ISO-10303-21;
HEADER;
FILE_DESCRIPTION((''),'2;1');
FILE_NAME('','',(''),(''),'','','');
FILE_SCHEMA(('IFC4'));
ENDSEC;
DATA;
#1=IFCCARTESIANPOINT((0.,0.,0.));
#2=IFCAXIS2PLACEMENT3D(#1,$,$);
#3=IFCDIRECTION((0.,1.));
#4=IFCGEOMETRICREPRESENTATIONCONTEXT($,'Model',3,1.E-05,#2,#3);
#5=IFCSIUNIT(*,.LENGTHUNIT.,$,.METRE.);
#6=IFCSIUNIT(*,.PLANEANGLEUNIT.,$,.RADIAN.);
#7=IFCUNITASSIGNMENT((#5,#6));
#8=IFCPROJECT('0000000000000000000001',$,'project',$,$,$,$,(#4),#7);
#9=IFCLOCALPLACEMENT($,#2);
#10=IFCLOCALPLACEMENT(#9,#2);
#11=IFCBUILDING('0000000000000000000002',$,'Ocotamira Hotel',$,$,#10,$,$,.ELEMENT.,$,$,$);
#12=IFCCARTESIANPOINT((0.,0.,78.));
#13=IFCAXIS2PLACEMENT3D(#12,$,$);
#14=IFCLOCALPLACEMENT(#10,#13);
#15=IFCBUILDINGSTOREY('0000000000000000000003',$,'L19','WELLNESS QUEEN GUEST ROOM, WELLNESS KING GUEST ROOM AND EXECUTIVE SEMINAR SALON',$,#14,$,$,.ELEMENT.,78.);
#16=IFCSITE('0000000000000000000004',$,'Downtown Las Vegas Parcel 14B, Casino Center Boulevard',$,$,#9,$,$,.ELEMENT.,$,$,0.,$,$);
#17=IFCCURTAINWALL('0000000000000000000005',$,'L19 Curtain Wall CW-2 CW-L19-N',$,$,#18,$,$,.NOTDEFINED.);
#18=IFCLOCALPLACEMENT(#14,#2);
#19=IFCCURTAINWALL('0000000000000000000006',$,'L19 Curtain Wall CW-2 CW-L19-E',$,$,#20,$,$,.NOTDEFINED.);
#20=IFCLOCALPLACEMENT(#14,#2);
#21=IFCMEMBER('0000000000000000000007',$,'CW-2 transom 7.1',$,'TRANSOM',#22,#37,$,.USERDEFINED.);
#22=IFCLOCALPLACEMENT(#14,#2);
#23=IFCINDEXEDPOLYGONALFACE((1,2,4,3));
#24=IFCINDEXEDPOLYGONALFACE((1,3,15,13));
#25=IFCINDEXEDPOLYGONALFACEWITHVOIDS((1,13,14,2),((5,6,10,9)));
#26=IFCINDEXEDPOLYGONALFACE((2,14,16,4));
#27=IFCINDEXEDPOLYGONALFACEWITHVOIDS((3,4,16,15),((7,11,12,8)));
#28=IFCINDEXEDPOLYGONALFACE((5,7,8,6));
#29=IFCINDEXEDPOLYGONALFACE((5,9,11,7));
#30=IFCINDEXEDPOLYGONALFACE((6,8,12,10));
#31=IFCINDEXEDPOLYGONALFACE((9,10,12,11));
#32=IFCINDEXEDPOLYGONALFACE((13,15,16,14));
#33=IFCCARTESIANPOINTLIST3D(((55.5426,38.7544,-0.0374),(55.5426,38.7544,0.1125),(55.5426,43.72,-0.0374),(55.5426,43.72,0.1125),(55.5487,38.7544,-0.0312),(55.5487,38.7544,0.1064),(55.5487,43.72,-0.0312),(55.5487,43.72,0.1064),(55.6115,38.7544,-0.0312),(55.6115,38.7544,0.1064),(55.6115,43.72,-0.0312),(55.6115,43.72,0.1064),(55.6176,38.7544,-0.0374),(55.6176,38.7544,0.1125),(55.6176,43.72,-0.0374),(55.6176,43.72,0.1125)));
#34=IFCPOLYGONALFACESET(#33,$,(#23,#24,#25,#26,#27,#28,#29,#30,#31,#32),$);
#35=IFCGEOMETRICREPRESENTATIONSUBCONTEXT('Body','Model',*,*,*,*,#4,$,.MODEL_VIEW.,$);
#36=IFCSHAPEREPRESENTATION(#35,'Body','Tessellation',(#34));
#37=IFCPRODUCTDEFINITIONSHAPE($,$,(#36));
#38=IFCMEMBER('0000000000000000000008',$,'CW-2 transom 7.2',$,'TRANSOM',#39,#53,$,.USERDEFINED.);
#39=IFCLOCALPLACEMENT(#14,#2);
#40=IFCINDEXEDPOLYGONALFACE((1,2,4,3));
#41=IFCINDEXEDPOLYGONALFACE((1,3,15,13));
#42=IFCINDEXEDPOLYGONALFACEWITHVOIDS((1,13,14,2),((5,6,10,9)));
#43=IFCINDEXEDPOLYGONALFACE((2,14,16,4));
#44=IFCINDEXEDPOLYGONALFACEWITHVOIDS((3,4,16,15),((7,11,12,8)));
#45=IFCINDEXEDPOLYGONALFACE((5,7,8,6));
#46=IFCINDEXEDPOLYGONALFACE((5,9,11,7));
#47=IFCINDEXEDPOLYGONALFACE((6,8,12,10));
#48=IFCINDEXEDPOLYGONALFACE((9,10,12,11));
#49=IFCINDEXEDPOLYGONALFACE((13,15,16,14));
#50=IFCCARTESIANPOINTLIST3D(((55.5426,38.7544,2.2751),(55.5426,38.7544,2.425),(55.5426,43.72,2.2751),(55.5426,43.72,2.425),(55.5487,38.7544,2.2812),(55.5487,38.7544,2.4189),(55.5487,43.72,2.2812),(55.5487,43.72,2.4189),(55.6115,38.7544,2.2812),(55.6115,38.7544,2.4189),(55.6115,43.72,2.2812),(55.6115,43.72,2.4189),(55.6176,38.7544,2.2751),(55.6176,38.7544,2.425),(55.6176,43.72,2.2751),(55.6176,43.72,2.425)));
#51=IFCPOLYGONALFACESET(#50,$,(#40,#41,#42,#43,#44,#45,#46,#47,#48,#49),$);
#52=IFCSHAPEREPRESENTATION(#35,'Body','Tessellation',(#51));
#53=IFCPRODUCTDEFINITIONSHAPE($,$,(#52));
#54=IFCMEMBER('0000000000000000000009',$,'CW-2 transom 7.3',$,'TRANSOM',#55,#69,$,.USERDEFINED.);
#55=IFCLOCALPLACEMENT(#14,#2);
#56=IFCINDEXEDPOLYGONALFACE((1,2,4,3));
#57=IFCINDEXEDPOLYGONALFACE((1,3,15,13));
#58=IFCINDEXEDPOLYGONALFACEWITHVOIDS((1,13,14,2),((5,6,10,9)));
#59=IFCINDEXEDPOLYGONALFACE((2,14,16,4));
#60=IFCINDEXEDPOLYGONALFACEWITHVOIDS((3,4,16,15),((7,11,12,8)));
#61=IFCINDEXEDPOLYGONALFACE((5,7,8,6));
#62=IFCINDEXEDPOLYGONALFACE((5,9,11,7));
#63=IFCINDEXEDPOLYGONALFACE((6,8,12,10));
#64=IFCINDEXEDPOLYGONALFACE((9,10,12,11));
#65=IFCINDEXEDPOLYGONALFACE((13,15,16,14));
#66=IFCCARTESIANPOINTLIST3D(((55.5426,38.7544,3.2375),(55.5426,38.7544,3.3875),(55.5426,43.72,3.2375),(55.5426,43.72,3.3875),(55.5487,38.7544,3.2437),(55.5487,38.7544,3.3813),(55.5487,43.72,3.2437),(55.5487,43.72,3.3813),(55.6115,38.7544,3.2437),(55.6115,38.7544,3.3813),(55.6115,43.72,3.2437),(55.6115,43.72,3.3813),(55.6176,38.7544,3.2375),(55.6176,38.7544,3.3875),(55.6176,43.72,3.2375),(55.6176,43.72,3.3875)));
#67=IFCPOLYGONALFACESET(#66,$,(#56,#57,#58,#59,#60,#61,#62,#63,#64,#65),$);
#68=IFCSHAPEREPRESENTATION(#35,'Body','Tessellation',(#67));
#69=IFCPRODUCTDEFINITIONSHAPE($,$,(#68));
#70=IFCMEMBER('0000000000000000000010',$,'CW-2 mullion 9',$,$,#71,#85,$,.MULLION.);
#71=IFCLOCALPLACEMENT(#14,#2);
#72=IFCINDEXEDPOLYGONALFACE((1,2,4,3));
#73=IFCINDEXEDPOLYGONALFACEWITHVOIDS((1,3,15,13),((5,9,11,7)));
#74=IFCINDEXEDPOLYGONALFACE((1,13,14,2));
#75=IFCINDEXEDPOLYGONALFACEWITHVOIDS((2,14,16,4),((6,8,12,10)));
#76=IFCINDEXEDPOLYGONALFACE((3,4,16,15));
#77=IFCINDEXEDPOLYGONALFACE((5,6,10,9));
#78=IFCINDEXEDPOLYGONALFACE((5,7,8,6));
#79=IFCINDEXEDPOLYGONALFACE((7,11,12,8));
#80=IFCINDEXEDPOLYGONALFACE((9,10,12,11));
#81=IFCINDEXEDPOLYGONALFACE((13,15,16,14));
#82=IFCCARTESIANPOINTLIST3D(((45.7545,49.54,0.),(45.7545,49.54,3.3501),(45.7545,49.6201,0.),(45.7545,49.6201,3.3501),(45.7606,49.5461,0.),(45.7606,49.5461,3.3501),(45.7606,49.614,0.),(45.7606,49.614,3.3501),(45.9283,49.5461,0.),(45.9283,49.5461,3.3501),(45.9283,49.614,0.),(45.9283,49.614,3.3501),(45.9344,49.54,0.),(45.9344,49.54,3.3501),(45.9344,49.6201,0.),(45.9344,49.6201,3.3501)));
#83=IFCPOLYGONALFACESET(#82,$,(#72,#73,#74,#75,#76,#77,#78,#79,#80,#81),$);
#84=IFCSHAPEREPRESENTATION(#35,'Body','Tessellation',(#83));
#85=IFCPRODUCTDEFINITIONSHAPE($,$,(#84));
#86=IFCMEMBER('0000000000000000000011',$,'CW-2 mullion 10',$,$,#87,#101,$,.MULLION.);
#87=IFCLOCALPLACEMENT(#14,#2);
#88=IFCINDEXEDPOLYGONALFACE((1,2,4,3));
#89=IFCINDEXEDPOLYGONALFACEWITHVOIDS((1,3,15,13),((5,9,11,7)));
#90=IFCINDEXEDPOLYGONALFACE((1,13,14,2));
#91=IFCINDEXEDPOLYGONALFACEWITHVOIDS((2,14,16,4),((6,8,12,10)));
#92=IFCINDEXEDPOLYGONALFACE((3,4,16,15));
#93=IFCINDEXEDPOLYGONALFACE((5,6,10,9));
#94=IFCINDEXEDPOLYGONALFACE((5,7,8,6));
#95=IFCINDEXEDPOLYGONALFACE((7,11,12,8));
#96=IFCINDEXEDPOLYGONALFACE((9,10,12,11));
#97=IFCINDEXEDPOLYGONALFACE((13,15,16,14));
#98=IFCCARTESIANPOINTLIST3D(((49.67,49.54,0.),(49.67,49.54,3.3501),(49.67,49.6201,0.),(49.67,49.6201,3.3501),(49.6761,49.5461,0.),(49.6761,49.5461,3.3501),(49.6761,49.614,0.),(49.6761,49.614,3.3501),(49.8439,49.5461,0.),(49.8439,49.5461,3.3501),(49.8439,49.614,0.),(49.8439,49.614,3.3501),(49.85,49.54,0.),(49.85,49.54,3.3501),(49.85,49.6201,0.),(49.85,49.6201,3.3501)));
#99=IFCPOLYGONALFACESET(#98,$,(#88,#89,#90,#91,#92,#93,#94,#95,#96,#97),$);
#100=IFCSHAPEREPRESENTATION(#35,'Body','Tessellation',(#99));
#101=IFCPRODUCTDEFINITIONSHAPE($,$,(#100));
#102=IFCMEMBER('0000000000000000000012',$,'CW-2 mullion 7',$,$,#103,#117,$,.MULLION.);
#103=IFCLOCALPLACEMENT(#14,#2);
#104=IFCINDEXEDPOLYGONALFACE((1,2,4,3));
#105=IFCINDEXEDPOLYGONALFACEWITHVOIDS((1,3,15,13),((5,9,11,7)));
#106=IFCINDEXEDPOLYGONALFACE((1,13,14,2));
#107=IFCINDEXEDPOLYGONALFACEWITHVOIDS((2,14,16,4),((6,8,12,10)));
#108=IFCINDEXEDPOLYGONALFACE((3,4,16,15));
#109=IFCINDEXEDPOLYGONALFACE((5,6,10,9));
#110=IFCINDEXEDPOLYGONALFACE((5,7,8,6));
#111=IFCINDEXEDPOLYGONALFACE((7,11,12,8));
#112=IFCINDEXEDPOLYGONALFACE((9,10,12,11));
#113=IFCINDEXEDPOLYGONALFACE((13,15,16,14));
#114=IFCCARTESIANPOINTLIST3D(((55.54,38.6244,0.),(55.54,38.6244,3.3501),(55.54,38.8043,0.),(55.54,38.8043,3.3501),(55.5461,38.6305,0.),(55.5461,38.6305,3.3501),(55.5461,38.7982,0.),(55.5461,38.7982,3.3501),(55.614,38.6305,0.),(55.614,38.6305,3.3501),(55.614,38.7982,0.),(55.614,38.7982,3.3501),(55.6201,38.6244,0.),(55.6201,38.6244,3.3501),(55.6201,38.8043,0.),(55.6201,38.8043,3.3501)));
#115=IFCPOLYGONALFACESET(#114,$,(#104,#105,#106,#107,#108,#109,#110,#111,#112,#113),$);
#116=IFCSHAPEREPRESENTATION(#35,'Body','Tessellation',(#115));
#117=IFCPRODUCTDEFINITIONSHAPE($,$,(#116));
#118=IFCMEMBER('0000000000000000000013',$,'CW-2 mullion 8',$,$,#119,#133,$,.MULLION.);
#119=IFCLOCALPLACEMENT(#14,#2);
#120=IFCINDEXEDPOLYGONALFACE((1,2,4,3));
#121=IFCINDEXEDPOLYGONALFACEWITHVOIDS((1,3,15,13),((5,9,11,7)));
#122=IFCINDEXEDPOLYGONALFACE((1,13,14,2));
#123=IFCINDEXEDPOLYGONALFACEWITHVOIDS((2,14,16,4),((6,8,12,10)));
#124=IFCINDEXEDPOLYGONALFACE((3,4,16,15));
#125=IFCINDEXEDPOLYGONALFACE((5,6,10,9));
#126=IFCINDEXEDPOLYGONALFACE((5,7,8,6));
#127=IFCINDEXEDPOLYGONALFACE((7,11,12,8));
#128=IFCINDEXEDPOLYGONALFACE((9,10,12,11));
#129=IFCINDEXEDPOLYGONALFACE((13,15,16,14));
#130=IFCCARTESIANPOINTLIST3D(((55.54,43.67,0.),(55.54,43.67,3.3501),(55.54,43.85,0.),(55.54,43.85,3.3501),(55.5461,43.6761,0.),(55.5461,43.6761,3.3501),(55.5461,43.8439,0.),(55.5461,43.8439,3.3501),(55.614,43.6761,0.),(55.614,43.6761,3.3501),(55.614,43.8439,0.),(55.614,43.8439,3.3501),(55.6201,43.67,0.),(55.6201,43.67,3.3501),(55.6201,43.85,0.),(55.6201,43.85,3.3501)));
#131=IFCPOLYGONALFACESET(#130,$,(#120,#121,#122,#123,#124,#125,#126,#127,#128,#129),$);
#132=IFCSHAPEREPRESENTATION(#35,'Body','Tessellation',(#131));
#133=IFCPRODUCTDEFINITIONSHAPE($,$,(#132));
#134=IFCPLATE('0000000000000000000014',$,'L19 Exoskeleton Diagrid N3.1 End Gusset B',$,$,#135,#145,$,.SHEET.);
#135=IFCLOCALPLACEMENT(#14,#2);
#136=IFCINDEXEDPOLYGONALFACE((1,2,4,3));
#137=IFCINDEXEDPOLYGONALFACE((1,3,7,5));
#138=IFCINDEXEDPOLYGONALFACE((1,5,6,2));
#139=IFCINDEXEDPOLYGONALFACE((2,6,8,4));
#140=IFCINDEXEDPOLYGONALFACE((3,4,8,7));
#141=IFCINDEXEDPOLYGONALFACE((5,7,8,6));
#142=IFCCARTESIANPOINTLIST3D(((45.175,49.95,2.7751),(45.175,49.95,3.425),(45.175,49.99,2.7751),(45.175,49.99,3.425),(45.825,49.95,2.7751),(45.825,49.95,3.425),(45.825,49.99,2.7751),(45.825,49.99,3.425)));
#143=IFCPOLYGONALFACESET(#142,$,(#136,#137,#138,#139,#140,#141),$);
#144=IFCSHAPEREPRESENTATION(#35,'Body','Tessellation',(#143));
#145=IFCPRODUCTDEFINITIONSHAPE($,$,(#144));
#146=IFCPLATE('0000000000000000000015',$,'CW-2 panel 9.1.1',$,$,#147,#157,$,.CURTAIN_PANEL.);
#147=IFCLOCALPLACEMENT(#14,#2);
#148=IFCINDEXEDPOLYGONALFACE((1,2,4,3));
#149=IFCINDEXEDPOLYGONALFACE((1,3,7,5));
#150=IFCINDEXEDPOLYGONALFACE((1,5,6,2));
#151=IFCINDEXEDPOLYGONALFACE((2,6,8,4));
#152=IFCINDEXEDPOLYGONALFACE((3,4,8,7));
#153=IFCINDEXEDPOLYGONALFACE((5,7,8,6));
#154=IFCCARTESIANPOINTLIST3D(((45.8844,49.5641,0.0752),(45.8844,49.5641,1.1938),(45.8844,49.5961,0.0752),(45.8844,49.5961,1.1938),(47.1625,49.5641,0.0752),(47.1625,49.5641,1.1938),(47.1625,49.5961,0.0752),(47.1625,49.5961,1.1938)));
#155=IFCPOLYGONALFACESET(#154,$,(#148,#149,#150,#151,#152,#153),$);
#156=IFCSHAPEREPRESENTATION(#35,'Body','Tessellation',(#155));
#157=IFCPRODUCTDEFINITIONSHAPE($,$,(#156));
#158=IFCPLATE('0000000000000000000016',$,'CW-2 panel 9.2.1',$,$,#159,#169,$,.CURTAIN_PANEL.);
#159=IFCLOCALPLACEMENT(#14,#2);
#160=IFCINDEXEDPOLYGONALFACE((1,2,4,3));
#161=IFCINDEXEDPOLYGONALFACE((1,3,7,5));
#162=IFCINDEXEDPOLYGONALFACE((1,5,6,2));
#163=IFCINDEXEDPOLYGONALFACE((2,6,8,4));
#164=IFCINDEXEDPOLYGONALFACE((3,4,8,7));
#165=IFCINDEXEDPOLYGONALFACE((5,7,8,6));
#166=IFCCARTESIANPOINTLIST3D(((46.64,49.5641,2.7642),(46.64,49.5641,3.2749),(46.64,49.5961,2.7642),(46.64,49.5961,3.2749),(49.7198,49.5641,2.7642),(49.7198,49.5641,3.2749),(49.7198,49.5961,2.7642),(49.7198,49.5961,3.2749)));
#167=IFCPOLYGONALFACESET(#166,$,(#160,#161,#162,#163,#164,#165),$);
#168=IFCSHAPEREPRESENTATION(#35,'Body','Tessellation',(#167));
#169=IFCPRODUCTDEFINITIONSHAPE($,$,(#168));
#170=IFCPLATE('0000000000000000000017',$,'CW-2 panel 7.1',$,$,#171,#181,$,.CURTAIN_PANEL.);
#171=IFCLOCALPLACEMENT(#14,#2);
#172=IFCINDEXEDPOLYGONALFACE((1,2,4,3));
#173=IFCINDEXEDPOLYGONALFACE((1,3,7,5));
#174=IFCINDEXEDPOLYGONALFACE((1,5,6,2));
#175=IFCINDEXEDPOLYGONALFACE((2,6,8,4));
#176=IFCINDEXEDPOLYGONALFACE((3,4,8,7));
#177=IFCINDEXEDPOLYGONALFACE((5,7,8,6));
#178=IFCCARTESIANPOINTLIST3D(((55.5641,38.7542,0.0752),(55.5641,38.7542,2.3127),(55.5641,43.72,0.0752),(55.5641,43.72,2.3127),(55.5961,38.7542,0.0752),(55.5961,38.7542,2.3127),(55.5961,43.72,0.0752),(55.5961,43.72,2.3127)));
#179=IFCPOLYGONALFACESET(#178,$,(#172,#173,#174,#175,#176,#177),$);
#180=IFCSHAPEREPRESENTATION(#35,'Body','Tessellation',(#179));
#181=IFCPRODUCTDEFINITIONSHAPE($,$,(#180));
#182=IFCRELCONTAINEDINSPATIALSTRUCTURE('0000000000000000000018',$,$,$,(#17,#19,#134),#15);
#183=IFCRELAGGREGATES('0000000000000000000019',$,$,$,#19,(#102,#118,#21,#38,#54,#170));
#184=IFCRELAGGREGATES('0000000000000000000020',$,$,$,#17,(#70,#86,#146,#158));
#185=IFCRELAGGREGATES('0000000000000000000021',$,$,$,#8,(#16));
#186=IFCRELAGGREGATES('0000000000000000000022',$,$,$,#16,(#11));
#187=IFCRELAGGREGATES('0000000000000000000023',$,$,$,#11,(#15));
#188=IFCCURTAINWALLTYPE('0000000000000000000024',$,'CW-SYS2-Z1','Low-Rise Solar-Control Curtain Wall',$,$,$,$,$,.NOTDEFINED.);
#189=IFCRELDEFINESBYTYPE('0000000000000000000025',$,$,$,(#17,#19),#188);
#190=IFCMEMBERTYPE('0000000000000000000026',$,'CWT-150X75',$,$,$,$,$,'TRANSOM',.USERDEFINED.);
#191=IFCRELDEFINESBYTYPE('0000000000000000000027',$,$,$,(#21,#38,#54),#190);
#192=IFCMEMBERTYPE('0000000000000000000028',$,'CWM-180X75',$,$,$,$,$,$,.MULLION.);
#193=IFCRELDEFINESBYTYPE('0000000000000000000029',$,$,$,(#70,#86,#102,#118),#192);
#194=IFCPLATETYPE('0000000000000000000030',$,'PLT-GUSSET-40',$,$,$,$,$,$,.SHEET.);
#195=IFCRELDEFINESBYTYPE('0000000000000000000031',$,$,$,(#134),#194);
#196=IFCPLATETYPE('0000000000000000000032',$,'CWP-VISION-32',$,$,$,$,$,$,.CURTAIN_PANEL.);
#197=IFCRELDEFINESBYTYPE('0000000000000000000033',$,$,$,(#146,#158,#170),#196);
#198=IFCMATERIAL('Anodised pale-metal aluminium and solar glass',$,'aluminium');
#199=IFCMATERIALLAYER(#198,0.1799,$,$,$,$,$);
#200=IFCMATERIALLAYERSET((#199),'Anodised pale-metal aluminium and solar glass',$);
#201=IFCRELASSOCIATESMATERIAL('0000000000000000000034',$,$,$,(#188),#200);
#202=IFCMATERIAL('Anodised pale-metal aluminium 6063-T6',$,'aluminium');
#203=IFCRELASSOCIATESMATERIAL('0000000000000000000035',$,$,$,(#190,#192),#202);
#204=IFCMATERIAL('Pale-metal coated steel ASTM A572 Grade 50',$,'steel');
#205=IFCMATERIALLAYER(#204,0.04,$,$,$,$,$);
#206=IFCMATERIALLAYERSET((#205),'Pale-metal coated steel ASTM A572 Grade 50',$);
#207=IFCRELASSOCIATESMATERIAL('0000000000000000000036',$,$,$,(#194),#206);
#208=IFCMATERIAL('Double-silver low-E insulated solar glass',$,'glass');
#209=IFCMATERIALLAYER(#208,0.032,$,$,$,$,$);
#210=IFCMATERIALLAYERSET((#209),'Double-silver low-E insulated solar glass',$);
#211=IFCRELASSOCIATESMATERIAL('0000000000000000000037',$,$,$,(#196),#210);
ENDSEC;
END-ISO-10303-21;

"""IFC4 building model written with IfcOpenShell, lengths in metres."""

from ifc_helpers import new_model, si_unit, direction, frame, origin, origin_2d, place, context, subcontext, project, spatial, rectangle, hollow_rectangle, extrude, source, transform, mapped, material, layer, layer_set, material_profile, profile_set, type_object, element, aggregate, save


model = new_model("IFC4")

# Units and contexts
model_context = context("Model", 3, precision=1e-05, world=origin(), true_north=direction((0.0, 1.0)))
body_context = subcontext(model_context, "Body", "Model", "MODEL_VIEW")
ifc_project = project(units=[si_unit("LENGTHUNIT", "METRE"), si_unit("PLANEANGLEUNIT", "RADIAN")], contexts=[model_context])

# Site, building, storey
site_placement = place(None, origin())
site = spatial("IfcSite", under=ifc_project, at=site_placement, Name="Downtown Las Vegas Parcel 14B, Casino Center Boulevard", CompositionType="ELEMENT", RefElevation=0.0)
building_placement = place(site_placement, origin())
building = spatial("IfcBuilding", under=site, at=building_placement, Name="Ocotamira Hotel", CompositionType="ELEMENT")
storey_placement = place(building_placement, frame((0.0, 0.0, 78.0)))
storey = spatial("IfcBuildingStorey", under=building, at=storey_placement, Name="L19", Description="WELLNESS QUEEN GUEST ROOM, WELLNESS KING GUEST ROOM AND EXECUTIVE SEMINAR SALON", CompositionType="ELEMENT", Elevation=78.0)

# Curtain walls, members
ifc_material_1 = material(Name="Anodised pale-metal aluminium and solar glass", Category="aluminium")
ifc_layer_1 = layer(ifc_material_1, 0.1799)
ifc_layer_set_1 = layer_set([ifc_layer_1], Name="Anodised pale-metal aluminium and solar glass")
curtain_wall_type = type_object("IfcCurtainWallType", Name="CW-SYS2-Z1", Description="Low-Rise Solar-Control Curtain Wall", PredefinedType="NOTDEFINED", material=ifc_layer_set_1)
curtain_wall_1_placement = place(storey_placement, origin())
curtain_wall_1 = element("IfcCurtainWall", 1, at=curtain_wall_1_placement, inside=storey, type_object=curtain_wall_type, Name="L19 Curtain Wall CW-2 CW-L19-N", PredefinedType="NOTDEFINED")
ifc_material_2 = material(Name="Anodised pale-metal aluminium 6063-T6", Category="aluminium")
ifc_material_profile_1 = material_profile(ifc_material_2, hollow_rectangle(XDim=0.075, YDim=0.1499, WallThickness=0.0061, at=origin_2d()), Name="HSS150X75X6")
ifc_profile_set_1 = profile_set([ifc_material_profile_1], Name="Anodised pale-metal aluminium 6063-T6")
member_type_1 = type_object("IfcMemberType", Name="CWT-150X75", ElementType="TRANSOM", PredefinedType="USERDEFINED", material=ifc_profile_set_1)
curtain_wall_2_placement = place(storey_placement, origin())
curtain_wall_2 = element("IfcCurtainWall", 2, at=curtain_wall_2_placement, inside=storey, type_object=curtain_wall_type, Name="L19 Curtain Wall CW-2 CW-L19-E", PredefinedType="NOTDEFINED")
shared_shape_1 = source(origin(), body_context, "Body", "SweptSolid", [
    extrude(hollow_rectangle(XDim=0.075, YDim=0.1499, WallThickness=0.0061, at=origin_2d()), origin(), (0.0, 0.0, 1.0), 4.9656),
])
member_1_placement = place(storey_placement, frame((55.5801, 38.7544, 0.0376), z_axis=(0.0, 1.0, 0.0), x_axis=(-1.0, 0.0, 0.0)))
member_1 = element("IfcMember", 3, at=member_1_placement, type_object=member_type_1, Name="CW-2 transom 7.1", ObjectType="TRANSOM", PredefinedType="USERDEFINED", context=body_context, shape_type="MappedRepresentation", body=[
    mapped(shared_shape_1, transform((0.0, 0.0, 0.0), scale=1.0)),
])
member_2_placement = place(storey_placement, frame((55.5801, 38.7544, 2.3501), z_axis=(0.0, 1.0, 0.0), x_axis=(-1.0, 0.0, 0.0)))
member_2 = element("IfcMember", 4, at=member_2_placement, type_object=member_type_1, Name="CW-2 transom 7.2", ObjectType="TRANSOM", PredefinedType="USERDEFINED", context=body_context, shape_type="MappedRepresentation", body=[
    mapped(shared_shape_1, transform((0.0, 0.0, 0.0), scale=1.0)),
])
member_3_placement = place(storey_placement, frame((55.5801, 38.7544, 3.3125), z_axis=(0.0, 1.0, 0.0), x_axis=(-1.0, 0.0, 0.0)))
member_3 = element("IfcMember", 5, at=member_3_placement, type_object=member_type_1, Name="CW-2 transom 7.3", ObjectType="TRANSOM", PredefinedType="USERDEFINED", context=body_context, shape_type="MappedRepresentation", body=[
    mapped(shared_shape_1, transform((0.0, 0.0, 0.0), scale=1.0)),
])

# Members
ifc_material_profile_2 = material_profile(ifc_material_2, hollow_rectangle(XDim=0.0801, YDim=0.1799, WallThickness=0.0061, at=origin_2d()), Name="HSS180X80X6")
ifc_profile_set_2 = profile_set([ifc_material_profile_2], Name="Anodised pale-metal aluminium 6063-T6")
member_type_2 = type_object("IfcMemberType", Name="CWM-180X75", PredefinedType="MULLION", material=ifc_profile_set_2)
shared_shape_2 = source(origin(), body_context, "Body", "SweptSolid", [
    extrude(hollow_rectangle(XDim=0.0801, YDim=0.1799, WallThickness=0.0061, at=origin_2d()), origin(), (0.0, 0.0, 1.0), 3.3501),
])
member_4_placement = place(storey_placement, frame((45.8445, 49.5801, 0.0), z_axis=(0.0, 0.0, 1.0), x_axis=(0.0, 1.0, 0.0)))
member_4 = element("IfcMember", 6, at=member_4_placement, type_object=member_type_2, Name="CW-2 mullion 9", PredefinedType="MULLION", context=body_context, shape_type="MappedRepresentation", body=[
    mapped(shared_shape_2, transform((0.0, 0.0, 0.0), scale=1.0)),
])
member_5_placement = place(storey_placement, frame((49.76, 49.5801, 0.0), z_axis=(0.0, 0.0, 1.0), x_axis=(0.0, 1.0, 0.0)))
member_5 = element("IfcMember", 7, at=member_5_placement, type_object=member_type_2, Name="CW-2 mullion 10", PredefinedType="MULLION", context=body_context, shape_type="MappedRepresentation", body=[
    mapped(shared_shape_2, transform((0.0, 0.0, 0.0), scale=1.0)),
])
member_6_placement = place(storey_placement, frame((55.5801, 38.7144, 0.0), z_axis=(0.0, 0.0, 1.0), x_axis=(-1.0, 0.0, 0.0)))
member_6 = element("IfcMember", 8, at=member_6_placement, type_object=member_type_2, Name="CW-2 mullion 7", PredefinedType="MULLION", context=body_context, shape_type="MappedRepresentation", body=[
    mapped(shared_shape_2, transform((0.0, 0.0, 0.0), scale=1.0)),
])
member_7_placement = place(storey_placement, frame((55.5801, 43.76, 0.0), z_axis=(0.0, 0.0, 1.0), x_axis=(-1.0, 0.0, 0.0)))
member_7 = element("IfcMember", 9, at=member_7_placement, type_object=member_type_2, Name="CW-2 mullion 8", PredefinedType="MULLION", context=body_context, shape_type="MappedRepresentation", body=[
    mapped(shared_shape_2, transform((0.0, 0.0, 0.0), scale=1.0)),
])

# Plates
ifc_material_3 = material(Name="Pale-metal coated steel ASTM A572 Grade 50", Category="steel")
ifc_layer_2 = layer(ifc_material_3, 0.04)
ifc_layer_set_2 = layer_set([ifc_layer_2], Name="Pale-metal coated steel ASTM A572 Grade 50")
plate_type_1 = type_object("IfcPlateType", Name="PLT-GUSSET-40", PredefinedType="SHEET", material=ifc_layer_set_2)
shared_shape_3 = source(origin(), body_context, "Body", "SweptSolid", [
    extrude(rectangle(XDim=0.6499, YDim=0.04, at=origin_2d()), origin(), (0.0, 0.0, 1.0), 0.6499),
])
plate_1_placement = place(storey_placement, frame((45.5, 49.97, 2.7751), z_axis=(0.0, 0.0, 1.0), x_axis=(1.0, 0.0, 0.0)))
element("IfcPlate", 10, at=plate_1_placement, inside=storey, type_object=plate_type_1, Name="L19 Exoskeleton Diagrid N3.1 End Gusset B", PredefinedType="SHEET", context=body_context, shape_type="MappedRepresentation", body=[
    mapped(shared_shape_3, transform((0.0, 0.0, 0.0), scale=1.0)),
])
ifc_material_4 = material(Name="Double-silver low-E insulated solar glass", Category="glass")
ifc_layer_3 = layer(ifc_material_4, 0.032)
ifc_layer_set_3 = layer_set([ifc_layer_3], Name="Double-silver low-E insulated solar glass")
plate_type_2 = type_object("IfcPlateType", Name="CWP-VISION-32", PredefinedType="CURTAIN_PANEL", material=ifc_layer_set_3)
shared_shape_4 = source(origin(), body_context, "Body", "SweptSolid", [
    extrude(rectangle(XDim=1.2781, YDim=0.032, at=origin_2d()), origin(), (0.0, 0.0, 1.0), 1.1187),
])
plate_2_placement = place(storey_placement, frame((46.5234, 49.5801, 0.0752), z_axis=(0.0, 0.0, 1.0), x_axis=(1.0, 0.0, 0.0)))
plate_2 = element("IfcPlate", 11, at=plate_2_placement, type_object=plate_type_2, Name="CW-2 panel 9.1.1", PredefinedType="CURTAIN_PANEL", context=body_context, shape_type="MappedRepresentation", body=[
    mapped(shared_shape_4, transform((0.0, 0.0, 0.0), scale=1.0)),
])
shared_shape_5 = source(origin(), body_context, "Body", "SweptSolid", [
    extrude(rectangle(XDim=3.0798, YDim=0.032, at=origin_2d()), origin(), (0.0, 0.0, 1.0), 0.5107),
])
plate_3_placement = place(storey_placement, frame((48.1799, 49.5801, 2.7642), z_axis=(0.0, 0.0, 1.0), x_axis=(1.0, 0.0, 0.0)))
plate_3 = element("IfcPlate", 12, at=plate_3_placement, type_object=plate_type_2, Name="CW-2 panel 9.2.1", PredefinedType="CURTAIN_PANEL", context=body_context, shape_type="MappedRepresentation", body=[
    mapped(shared_shape_5, transform((0.0, 0.0, 0.0), scale=1.0)),
])
shared_shape_6 = source(origin(), body_context, "Body", "SweptSolid", [
    extrude(rectangle(XDim=4.9658, YDim=0.032, at=origin_2d()), origin(), (0.0, 0.0, 1.0), 2.2375),
])
plate_4_placement = place(storey_placement, frame((55.5801, 41.2371, 0.0752), z_axis=(0.0, 0.0, 1.0), x_axis=(0.0, 1.0, 0.0)))
plate_4 = element("IfcPlate", 13, at=plate_4_placement, type_object=plate_type_2, Name="CW-2 panel 7.1", PredefinedType="CURTAIN_PANEL", context=body_context, shape_type="MappedRepresentation", body=[
    mapped(shared_shape_6, transform((0.0, 0.0, 0.0), scale=1.0)),
])
aggregate(curtain_wall_2, [member_6, member_7, member_1, member_2, member_3, plate_4])
aggregate(curtain_wall_1, [member_4, member_5, plate_2, plate_3])

save(model, "model.ifc")
